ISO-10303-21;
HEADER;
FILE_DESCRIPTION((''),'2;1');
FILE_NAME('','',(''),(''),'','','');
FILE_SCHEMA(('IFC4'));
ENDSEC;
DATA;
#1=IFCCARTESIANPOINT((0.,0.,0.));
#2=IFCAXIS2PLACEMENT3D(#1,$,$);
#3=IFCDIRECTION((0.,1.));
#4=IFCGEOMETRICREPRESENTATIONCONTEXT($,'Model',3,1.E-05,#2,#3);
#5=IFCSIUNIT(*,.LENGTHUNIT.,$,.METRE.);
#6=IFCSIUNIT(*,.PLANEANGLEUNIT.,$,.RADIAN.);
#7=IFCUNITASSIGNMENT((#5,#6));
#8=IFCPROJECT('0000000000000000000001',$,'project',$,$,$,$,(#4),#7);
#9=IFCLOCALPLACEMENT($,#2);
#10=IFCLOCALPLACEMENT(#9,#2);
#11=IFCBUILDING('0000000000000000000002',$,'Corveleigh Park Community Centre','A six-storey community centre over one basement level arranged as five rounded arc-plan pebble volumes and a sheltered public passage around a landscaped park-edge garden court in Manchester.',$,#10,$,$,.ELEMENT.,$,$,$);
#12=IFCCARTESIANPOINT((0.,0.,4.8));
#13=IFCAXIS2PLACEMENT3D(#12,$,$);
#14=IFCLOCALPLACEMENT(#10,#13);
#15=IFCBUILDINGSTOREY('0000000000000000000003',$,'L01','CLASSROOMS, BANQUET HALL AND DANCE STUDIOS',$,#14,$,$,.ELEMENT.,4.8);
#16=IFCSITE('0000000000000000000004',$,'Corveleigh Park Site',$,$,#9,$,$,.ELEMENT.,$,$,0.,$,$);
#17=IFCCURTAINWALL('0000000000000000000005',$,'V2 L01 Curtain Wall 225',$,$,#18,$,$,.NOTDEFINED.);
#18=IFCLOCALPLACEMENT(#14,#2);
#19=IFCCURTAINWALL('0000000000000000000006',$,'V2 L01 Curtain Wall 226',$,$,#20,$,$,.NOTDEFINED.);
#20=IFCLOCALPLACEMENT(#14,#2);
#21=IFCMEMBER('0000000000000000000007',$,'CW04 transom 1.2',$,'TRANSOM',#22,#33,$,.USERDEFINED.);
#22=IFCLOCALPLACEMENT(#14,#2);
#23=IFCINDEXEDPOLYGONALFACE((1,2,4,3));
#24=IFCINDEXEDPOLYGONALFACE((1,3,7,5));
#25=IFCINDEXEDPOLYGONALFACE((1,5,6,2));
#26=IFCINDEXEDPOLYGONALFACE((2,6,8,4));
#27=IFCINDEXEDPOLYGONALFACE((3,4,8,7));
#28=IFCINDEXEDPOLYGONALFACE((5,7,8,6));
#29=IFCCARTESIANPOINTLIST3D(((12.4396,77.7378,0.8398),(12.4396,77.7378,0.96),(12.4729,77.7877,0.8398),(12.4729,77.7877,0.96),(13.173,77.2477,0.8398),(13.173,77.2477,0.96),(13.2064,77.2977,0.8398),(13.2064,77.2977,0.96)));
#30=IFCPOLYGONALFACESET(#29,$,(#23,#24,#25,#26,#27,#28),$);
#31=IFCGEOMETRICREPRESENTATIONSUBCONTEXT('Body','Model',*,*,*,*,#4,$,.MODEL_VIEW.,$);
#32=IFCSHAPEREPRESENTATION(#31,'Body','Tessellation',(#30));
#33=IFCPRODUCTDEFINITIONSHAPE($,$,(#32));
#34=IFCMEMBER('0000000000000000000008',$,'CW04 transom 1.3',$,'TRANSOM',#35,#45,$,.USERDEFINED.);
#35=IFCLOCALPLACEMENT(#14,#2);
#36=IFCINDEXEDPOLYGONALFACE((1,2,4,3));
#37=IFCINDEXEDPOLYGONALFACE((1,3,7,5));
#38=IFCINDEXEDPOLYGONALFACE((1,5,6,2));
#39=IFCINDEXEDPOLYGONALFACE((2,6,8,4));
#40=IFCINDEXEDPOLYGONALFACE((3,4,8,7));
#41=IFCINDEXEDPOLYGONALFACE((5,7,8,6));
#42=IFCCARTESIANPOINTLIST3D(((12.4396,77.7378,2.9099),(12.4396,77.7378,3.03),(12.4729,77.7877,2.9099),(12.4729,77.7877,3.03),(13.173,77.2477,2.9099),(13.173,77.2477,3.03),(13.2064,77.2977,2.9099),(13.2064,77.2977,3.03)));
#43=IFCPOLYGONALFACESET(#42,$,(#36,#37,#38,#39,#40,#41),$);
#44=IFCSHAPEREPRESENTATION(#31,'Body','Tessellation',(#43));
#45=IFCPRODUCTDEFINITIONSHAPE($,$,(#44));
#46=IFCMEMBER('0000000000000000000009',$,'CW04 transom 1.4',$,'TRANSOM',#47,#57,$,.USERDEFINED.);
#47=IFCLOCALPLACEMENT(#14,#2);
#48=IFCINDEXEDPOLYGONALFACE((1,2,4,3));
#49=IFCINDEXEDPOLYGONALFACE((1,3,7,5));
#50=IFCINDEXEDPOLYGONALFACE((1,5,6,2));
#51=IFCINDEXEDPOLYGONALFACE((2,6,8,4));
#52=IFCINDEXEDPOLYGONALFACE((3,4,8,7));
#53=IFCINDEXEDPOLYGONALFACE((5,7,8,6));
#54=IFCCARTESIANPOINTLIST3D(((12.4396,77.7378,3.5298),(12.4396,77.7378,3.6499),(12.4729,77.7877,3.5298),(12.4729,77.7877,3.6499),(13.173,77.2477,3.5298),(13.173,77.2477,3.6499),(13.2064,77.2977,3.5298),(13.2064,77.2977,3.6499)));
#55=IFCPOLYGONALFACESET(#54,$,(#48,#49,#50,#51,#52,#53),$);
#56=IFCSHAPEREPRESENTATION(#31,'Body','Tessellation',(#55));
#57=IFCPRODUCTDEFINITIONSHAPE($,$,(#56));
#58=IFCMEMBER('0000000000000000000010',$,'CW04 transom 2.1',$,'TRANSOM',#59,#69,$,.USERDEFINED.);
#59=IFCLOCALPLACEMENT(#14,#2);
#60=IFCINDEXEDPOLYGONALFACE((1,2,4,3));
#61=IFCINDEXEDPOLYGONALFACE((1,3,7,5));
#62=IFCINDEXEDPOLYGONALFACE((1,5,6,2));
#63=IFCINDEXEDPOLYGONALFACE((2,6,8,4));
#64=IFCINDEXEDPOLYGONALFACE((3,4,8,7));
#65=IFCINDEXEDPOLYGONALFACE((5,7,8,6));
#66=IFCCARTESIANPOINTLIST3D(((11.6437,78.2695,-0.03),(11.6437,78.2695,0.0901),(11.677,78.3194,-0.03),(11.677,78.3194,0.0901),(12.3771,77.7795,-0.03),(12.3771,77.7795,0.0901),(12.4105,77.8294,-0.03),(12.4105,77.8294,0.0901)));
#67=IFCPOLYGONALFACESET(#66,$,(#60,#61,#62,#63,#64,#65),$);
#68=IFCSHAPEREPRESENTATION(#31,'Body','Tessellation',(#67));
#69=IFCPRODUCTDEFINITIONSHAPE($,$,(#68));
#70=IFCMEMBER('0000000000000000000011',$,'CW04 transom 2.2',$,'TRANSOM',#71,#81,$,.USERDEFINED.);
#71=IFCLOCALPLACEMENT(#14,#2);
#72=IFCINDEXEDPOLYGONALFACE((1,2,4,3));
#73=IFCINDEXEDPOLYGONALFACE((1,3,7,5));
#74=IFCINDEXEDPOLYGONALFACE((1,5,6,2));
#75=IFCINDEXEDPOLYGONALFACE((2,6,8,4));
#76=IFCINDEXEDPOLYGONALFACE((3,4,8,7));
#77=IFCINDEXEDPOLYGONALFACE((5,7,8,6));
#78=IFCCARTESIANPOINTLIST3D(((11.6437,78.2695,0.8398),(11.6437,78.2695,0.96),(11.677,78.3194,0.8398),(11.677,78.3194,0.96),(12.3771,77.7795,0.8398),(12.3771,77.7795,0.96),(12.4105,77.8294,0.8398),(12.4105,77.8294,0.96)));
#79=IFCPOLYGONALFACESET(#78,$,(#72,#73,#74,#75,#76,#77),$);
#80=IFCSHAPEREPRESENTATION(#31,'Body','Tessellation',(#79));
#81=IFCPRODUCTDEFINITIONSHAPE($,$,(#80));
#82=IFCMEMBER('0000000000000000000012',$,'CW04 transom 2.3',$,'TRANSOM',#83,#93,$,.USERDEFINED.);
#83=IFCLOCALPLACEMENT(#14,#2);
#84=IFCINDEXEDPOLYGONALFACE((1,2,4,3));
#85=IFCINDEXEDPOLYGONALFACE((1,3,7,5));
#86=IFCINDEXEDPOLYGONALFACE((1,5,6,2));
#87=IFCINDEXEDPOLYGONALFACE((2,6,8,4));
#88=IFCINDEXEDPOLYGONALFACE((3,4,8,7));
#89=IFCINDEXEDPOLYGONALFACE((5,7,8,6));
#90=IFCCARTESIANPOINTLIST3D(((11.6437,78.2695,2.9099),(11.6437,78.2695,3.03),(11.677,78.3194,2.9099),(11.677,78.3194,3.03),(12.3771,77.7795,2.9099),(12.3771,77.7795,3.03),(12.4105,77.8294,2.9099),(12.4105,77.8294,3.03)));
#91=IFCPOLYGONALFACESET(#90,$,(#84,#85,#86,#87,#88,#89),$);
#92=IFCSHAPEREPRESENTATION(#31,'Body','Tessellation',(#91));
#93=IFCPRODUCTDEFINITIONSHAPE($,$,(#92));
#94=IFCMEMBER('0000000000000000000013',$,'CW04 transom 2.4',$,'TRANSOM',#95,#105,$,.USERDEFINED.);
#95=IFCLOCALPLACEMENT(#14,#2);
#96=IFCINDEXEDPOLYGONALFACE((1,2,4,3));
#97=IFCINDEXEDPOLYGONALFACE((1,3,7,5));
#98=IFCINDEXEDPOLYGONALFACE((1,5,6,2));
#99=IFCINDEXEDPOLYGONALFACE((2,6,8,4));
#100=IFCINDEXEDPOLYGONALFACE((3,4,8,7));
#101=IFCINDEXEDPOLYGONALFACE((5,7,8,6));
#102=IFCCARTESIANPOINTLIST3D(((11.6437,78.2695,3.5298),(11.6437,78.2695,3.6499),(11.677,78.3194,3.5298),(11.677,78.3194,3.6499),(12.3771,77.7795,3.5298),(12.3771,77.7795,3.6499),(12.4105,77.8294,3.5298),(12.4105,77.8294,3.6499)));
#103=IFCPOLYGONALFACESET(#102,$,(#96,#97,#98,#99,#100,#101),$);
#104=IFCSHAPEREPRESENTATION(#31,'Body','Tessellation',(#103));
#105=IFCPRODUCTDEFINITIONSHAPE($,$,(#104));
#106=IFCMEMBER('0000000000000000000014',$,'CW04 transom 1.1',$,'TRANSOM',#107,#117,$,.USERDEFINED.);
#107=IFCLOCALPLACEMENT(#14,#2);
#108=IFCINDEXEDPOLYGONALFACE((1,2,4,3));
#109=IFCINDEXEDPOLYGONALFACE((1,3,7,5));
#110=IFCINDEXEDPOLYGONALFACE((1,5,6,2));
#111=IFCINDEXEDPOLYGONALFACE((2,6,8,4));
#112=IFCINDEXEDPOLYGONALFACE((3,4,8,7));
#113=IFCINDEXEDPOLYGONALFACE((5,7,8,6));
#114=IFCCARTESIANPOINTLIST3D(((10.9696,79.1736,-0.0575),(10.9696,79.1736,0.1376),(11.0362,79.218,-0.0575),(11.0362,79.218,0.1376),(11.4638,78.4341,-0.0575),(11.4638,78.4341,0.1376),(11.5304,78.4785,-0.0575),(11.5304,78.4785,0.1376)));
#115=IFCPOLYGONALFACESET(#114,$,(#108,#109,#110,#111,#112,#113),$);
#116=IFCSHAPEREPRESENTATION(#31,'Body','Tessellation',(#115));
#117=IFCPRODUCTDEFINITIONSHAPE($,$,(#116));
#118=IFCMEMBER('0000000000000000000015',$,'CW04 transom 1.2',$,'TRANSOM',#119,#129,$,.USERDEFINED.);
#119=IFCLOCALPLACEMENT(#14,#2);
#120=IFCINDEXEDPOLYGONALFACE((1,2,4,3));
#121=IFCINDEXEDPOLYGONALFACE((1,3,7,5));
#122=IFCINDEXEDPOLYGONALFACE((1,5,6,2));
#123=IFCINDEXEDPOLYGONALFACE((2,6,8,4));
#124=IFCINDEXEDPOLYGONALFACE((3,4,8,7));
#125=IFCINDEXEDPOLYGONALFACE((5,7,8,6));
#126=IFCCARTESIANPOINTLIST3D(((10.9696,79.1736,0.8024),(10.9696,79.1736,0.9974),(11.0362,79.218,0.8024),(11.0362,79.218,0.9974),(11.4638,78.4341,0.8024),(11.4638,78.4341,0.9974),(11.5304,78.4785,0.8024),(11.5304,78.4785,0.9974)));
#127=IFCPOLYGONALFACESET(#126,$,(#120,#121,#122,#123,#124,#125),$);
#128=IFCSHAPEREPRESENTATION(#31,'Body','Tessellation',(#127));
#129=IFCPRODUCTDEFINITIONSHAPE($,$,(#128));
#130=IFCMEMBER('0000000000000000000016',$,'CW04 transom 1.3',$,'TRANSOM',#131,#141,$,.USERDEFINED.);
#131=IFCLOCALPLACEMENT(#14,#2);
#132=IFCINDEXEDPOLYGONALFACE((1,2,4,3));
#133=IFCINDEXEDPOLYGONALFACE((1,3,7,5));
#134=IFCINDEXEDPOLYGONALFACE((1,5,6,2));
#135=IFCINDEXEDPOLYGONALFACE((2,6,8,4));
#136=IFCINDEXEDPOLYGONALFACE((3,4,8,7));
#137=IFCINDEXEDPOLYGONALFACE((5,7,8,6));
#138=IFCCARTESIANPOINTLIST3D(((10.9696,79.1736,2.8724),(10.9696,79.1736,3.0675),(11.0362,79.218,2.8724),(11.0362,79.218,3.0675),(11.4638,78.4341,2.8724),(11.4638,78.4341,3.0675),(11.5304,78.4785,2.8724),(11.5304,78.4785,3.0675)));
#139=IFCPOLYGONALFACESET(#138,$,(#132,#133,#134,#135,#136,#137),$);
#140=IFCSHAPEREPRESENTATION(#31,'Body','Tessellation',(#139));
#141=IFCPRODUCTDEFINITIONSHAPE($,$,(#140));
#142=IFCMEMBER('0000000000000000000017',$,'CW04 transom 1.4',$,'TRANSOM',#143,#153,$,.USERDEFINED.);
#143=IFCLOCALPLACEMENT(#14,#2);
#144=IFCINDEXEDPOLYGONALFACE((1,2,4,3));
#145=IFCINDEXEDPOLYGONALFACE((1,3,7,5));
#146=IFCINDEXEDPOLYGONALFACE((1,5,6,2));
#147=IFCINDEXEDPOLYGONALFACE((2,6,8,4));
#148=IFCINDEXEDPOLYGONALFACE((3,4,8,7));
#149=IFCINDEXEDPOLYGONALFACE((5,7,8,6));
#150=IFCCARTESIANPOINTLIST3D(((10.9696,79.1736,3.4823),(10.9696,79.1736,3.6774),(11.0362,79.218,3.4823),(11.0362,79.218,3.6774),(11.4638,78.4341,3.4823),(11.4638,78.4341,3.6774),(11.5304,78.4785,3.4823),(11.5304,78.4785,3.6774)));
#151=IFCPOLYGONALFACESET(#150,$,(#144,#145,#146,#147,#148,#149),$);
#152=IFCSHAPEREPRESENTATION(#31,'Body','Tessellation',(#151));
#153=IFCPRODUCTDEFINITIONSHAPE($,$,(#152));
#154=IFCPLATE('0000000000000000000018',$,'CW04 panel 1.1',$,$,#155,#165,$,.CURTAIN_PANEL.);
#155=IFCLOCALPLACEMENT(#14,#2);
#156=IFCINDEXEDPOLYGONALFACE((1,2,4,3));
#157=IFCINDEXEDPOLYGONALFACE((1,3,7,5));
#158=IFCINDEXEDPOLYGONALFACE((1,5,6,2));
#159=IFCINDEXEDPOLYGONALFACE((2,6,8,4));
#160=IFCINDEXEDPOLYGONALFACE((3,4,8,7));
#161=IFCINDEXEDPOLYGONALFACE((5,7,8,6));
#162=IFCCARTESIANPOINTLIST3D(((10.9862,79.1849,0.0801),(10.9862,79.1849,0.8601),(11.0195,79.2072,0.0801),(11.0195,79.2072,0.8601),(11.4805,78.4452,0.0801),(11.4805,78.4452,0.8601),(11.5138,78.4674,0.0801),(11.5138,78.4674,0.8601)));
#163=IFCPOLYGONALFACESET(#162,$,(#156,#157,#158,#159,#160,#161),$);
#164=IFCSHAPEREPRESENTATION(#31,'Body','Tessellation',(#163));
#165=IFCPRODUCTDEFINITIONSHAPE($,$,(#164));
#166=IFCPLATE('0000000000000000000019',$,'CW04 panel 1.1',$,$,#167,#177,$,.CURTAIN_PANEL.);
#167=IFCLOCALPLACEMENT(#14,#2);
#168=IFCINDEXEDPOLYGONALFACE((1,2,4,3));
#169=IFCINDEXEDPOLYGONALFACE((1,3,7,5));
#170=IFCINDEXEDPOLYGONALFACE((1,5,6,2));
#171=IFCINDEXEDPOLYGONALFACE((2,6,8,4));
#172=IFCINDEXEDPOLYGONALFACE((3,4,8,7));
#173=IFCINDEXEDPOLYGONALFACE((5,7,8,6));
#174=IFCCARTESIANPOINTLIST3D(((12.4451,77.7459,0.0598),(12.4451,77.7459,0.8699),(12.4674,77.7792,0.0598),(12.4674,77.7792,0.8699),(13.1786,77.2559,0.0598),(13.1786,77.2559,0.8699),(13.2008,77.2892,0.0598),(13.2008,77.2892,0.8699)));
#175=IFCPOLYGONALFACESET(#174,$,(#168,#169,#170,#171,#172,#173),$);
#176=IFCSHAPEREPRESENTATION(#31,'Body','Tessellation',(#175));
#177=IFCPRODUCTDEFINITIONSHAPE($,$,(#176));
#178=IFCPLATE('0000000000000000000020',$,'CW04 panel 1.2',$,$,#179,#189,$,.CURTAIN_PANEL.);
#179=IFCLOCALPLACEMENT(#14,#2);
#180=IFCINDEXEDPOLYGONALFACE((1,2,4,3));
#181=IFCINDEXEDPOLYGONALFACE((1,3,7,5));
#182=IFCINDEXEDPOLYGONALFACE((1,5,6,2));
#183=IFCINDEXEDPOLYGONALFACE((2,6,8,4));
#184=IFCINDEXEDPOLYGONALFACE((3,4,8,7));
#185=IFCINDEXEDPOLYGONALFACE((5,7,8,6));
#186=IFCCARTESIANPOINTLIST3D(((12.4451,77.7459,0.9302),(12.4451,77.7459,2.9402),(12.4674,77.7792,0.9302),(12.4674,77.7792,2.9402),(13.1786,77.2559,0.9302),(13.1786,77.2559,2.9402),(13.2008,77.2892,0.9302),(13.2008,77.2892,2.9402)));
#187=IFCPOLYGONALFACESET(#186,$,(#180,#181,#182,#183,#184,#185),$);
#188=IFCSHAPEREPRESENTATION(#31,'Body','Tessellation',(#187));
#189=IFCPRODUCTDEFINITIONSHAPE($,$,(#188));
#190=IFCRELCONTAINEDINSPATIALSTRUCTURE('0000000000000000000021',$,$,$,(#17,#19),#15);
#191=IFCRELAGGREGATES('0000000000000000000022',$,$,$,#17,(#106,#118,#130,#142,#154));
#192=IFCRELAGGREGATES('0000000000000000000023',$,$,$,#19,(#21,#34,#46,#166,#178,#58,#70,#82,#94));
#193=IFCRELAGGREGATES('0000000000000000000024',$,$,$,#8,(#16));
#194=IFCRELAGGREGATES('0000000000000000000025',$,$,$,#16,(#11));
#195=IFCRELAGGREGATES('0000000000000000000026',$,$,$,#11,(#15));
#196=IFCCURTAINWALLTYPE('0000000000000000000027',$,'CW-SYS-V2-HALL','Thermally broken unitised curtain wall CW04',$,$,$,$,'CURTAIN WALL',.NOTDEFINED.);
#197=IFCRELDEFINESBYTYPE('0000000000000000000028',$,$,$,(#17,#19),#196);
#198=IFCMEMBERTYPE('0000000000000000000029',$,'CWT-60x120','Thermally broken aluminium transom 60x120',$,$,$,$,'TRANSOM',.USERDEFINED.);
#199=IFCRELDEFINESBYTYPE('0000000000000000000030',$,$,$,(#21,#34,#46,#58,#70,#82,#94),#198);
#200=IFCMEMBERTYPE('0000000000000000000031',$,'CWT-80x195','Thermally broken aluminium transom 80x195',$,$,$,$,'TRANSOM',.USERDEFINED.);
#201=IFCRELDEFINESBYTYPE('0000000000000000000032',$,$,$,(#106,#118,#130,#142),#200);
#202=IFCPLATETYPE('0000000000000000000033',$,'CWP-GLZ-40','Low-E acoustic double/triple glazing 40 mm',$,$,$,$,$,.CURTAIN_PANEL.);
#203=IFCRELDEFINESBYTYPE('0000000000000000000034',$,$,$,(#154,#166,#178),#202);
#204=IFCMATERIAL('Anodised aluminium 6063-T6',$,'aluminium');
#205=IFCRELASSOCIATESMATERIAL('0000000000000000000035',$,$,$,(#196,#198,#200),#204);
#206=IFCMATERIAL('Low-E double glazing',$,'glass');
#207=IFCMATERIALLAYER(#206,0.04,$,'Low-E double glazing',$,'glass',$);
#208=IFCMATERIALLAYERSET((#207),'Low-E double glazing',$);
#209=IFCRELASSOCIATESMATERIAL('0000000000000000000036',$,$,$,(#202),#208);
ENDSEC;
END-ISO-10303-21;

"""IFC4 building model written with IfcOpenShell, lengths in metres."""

from ifc_helpers import new_model, si_unit, direction, frame, origin, origin_2d, place, context, subcontext, project, spatial, rectangle, extrude, material, layer, layer_set, material_profile, profile_set, type_object, element, aggregate, save


model = new_model("IFC4")

# Units and contexts
model_context = context("Model", 3, precision=1e-05, world=origin(), true_north=direction((0.0, 1.0)))
body_context = subcontext(model_context, "Body", "Model", "MODEL_VIEW")
ifc_project = project(units=[si_unit("LENGTHUNIT", "METRE"), si_unit("PLANEANGLEUNIT", "RADIAN")], contexts=[model_context])

# Site, building, storey
site_placement = place(None, origin())
site = spatial("IfcSite", under=ifc_project, at=site_placement, Name="Corveleigh Park Site", CompositionType="ELEMENT", RefElevation=0.0)
building_placement = place(site_placement, origin())
building = spatial("IfcBuilding", under=site, at=building_placement, Name="Corveleigh Park Community Centre", Description="A six-storey community centre over one basement level arranged as five rounded arc-plan pebble volumes and a sheltered public passage around a landscaped park-edge garden court in Manchester.", CompositionType="ELEMENT")
storey_placement = place(building_placement, frame((0.0, 0.0, 4.8)))
storey = spatial("IfcBuildingStorey", under=building, at=storey_placement, Name="L01", Description="CLASSROOMS, BANQUET HALL AND DANCE STUDIOS", CompositionType="ELEMENT", Elevation=4.8)

# Curtain wall
ifc_material_1 = material(Name="Anodised aluminium 6063-T6", Category="aluminium")
curtain_wall_type = type_object("IfcCurtainWallType", Name="CW-SYS-V2-HALL", Description="Thermally broken unitised curtain wall CW04", ElementType="CURTAIN WALL", PredefinedType="NOTDEFINED", material=ifc_material_1)
curtain_wall_1_placement = place(storey_placement, origin())
curtain_wall_1 = element("IfcCurtainWall", 1, at=curtain_wall_1_placement, inside=storey, type_object=curtain_wall_type, Name="V2 L01 Curtain Wall 225", PredefinedType="NOTDEFINED")

# Curtain wall, members
curtain_wall_2_placement = place(storey_placement, origin())
curtain_wall_2 = element("IfcCurtainWall", 2, at=curtain_wall_2_placement, inside=storey, type_object=curtain_wall_type, Name="V2 L01 Curtain Wall 226", PredefinedType="NOTDEFINED")
ifc_material_profile_1 = material_profile(ifc_material_1, rectangle(XDim=0.0601, YDim=0.1201, at=origin_2d()), Name="ALU-T60x120", Category="aluminium")
ifc_profile_set_1 = profile_set([ifc_material_profile_1], Name="Anodised aluminium 6063-T6")
member_type_1 = type_object("IfcMemberType", Name="CWT-60x120", Description="Thermally broken aluminium transom 60x120", ElementType="TRANSOM", PredefinedType="USERDEFINED", material=ifc_profile_set_1)
member_1_placement = place(storey_placement, frame((13.1897, 77.2727, 0.8999), z_axis=(-0.831496, 0.55553, 0.0), x_axis=(-0.55553, -0.831496, 0.0)))
member_1 = element("IfcMember", 3, at=member_1_placement, type_object=member_type_1, Name="CW04 transom 1.2", ObjectType="TRANSOM", PredefinedType="USERDEFINED", context=body_context, shape_type="SweptSolid", body=[
    extrude(rectangle(XDim=0.0601, YDim=0.1201, at=origin_2d()), origin(), (0.0, 0.0, 1.0), 0.8821),
])
member_2_placement = place(storey_placement, frame((13.1897, 77.2727, 2.97), z_axis=(-0.831496, 0.55553, 0.0), x_axis=(-0.55553, -0.831496, 0.0)))
member_2 = element("IfcMember", 4, at=member_2_placement, type_object=member_type_1, Name="CW04 transom 1.3", ObjectType="TRANSOM", PredefinedType="USERDEFINED", context=body_context, shape_type="SweptSolid", body=[
    extrude(rectangle(XDim=0.0601, YDim=0.1201, at=origin_2d()), origin(), (0.0, 0.0, 1.0), 0.8821),
])
member_3_placement = place(storey_placement, frame((13.1897, 77.2727, 3.5898), z_axis=(-0.831496, 0.55553, 0.0), x_axis=(-0.55553, -0.831496, 0.0)))
member_3 = element("IfcMember", 5, at=member_3_placement, type_object=member_type_1, Name="CW04 transom 1.4", ObjectType="TRANSOM", PredefinedType="USERDEFINED", context=body_context, shape_type="SweptSolid", body=[
    extrude(rectangle(XDim=0.0601, YDim=0.1201, at=origin_2d()), origin(), (0.0, 0.0, 1.0), 0.8821),
])
member_4_placement = place(storey_placement, frame((12.3938, 77.8044, 0.03), z_axis=(-0.831496, 0.55553, 0.0), x_axis=(-0.55553, -0.831496, 0.0)))
member_4 = element("IfcMember", 6, at=member_4_placement, type_object=member_type_1, Name="CW04 transom 2.1", ObjectType="TRANSOM", PredefinedType="USERDEFINED", context=body_context, shape_type="SweptSolid", body=[
    extrude(rectangle(XDim=0.0601, YDim=0.1201, at=origin_2d()), origin(), (0.0, 0.0, 1.0), 0.8821),
])
member_5_placement = place(storey_placement, frame((12.3938, 77.8044, 0.8999), z_axis=(-0.831496, 0.55553, 0.0), x_axis=(-0.55553, -0.831496, 0.0)))
member_5 = element("IfcMember", 7, at=member_5_placement, type_object=member_type_1, Name="CW04 transom 2.2", ObjectType="TRANSOM", PredefinedType="USERDEFINED", context=body_context, shape_type="SweptSolid", body=[
    extrude(rectangle(XDim=0.0601, YDim=0.1201, at=origin_2d()), origin(), (0.0, 0.0, 1.0), 0.8821),
])
member_6_placement = place(storey_placement, frame((12.3938, 77.8044, 2.97), z_axis=(-0.831496, 0.55553, 0.0), x_axis=(-0.55553, -0.831496, 0.0)))
member_6 = element("IfcMember", 8, at=member_6_placement, type_object=member_type_1, Name="CW04 transom 2.3", ObjectType="TRANSOM", PredefinedType="USERDEFINED", context=body_context, shape_type="SweptSolid", body=[
    extrude(rectangle(XDim=0.0601, YDim=0.1201, at=origin_2d()), origin(), (0.0, 0.0, 1.0), 0.8821),
])
member_7_placement = place(storey_placement, frame((12.3938, 77.8044, 3.5898), z_axis=(-0.831496, 0.55553, 0.0), x_axis=(-0.55553, -0.831496, 0.0)))
member_7 = element("IfcMember", 9, at=member_7_placement, type_object=member_type_1, Name="CW04 transom 2.4", ObjectType="TRANSOM", PredefinedType="USERDEFINED", context=body_context, shape_type="SweptSolid", body=[
    extrude(rectangle(XDim=0.0601, YDim=0.1201, at=origin_2d()), origin(), (0.0, 0.0, 1.0), 0.8821),
])

# Members
ifc_material_profile_2 = material_profile(ifc_material_1, rectangle(XDim=0.0801, YDim=0.1951, at=origin_2d()), Name="ALU-T80x195", Category="aluminium")
ifc_profile_set_2 = profile_set([ifc_material_profile_2], Name="Anodised aluminium 6063-T6")
member_type_2 = type_object("IfcMemberType", Name="CWT-80x195", Description="Thermally broken aluminium transom 80x195", ElementType="TRANSOM", PredefinedType="USERDEFINED", material=ifc_profile_set_2)
member_8_placement = place(storey_placement, frame((11.4971, 78.4563, 0.04), z_axis=(-0.555587, 0.831459, 0.0), x_axis=(-0.831459, -0.555587, 0.0)))
member_8 = element("IfcMember", 10, at=member_8_placement, type_object=member_type_2, Name="CW04 transom 1.1", ObjectType="TRANSOM", PredefinedType="USERDEFINED", context=body_context, shape_type="SweptSolid", body=[
    extrude(rectangle(XDim=0.0801, YDim=0.1951, at=origin_2d()), origin(), (0.0, 0.0, 1.0), 0.8894),
])
member_9_placement = place(storey_placement, frame((11.4971, 78.4563, 0.8999), z_axis=(-0.555587, 0.831459, 0.0), x_axis=(-0.831459, -0.555587, 0.0)))
member_9 = element("IfcMember", 11, at=member_9_placement, type_object=member_type_2, Name="CW04 transom 1.2", ObjectType="TRANSOM", PredefinedType="USERDEFINED", context=body_context, shape_type="SweptSolid", body=[
    extrude(rectangle(XDim=0.0801, YDim=0.1951, at=origin_2d()), origin(), (0.0, 0.0, 1.0), 0.8894),
])
member_10_placement = place(storey_placement, frame((11.4971, 78.4563, 2.97), z_axis=(-0.555587, 0.831459, 0.0), x_axis=(-0.831459, -0.555587, 0.0)))
member_10 = element("IfcMember", 12, at=member_10_placement, type_object=member_type_2, Name="CW04 transom 1.3", ObjectType="TRANSOM", PredefinedType="USERDEFINED", context=body_context, shape_type="SweptSolid", body=[
    extrude(rectangle(XDim=0.0801, YDim=0.1951, at=origin_2d()), origin(), (0.0, 0.0, 1.0), 0.8894),
])
member_11_placement = place(storey_placement, frame((11.4971, 78.4563, 3.5798), z_axis=(-0.555587, 0.831459, 0.0), x_axis=(-0.831459, -0.555587, 0.0)))
member_11 = element("IfcMember", 13, at=member_11_placement, type_object=member_type_2, Name="CW04 transom 1.4", ObjectType="TRANSOM", PredefinedType="USERDEFINED", context=body_context, shape_type="SweptSolid", body=[
    extrude(rectangle(XDim=0.0801, YDim=0.1951, at=origin_2d()), origin(), (0.0, 0.0, 1.0), 0.8894),
])

# Plates
ifc_material_2 = material(Name="Low-E double glazing", Category="glass")
ifc_layer = layer(ifc_material_2, 0.04, Name="Low-E double glazing", Category="glass")
ifc_layer_set = layer_set([ifc_layer], Name="Low-E double glazing")
plate_type = type_object("IfcPlateType", Name="CWP-GLZ-40", Description="Low-E acoustic double/triple glazing 40 mm", PredefinedType="CURTAIN_PANEL", material=ifc_layer_set)
plate_1_placement = place(storey_placement, frame((11.25, 78.8262, 0.0801), z_axis=(0.0, 0.0, 1.0), x_axis=(-0.555512, 0.831509, 0.0)))
plate_1 = element("IfcPlate", 14, at=plate_1_placement, type_object=plate_type, Name="CW04 panel 1.1", PredefinedType="CURTAIN_PANEL", context=body_context, shape_type="SweptSolid", body=[
    extrude(rectangle(XDim=0.8896, YDim=0.04, at=origin_2d()), origin(), (0.0, 0.0, 1.0), 0.78),
])
aggregate(curtain_wall_1, [member_8, member_9, member_10, member_11, plate_1])
plate_2_placement = place(storey_placement, frame((12.823, 77.5176, 0.0598), z_axis=(0.0, 0.0, 1.0), x_axis=(-0.831509, 0.555512, 0.0)))
plate_2 = element("IfcPlate", 15, at=plate_2_placement, type_object=plate_type, Name="CW04 panel 1.1", PredefinedType="CURTAIN_PANEL", context=body_context, shape_type="SweptSolid", body=[
    extrude(rectangle(XDim=0.8821, YDim=0.04, at=origin_2d()), origin(), (0.0, 0.0, 1.0), 0.8101),
])
plate_3_placement = place(storey_placement, frame((12.823, 77.5176, 0.9302), z_axis=(0.0, 0.0, 1.0), x_axis=(-0.831509, 0.555512, 0.0)))
plate_3 = element("IfcPlate", 16, at=plate_3_placement, type_object=plate_type, Name="CW04 panel 1.2", PredefinedType="CURTAIN_PANEL", context=body_context, shape_type="SweptSolid", body=[
    extrude(rectangle(XDim=0.8821, YDim=0.04, at=origin_2d()), origin(), (0.0, 0.0, 1.0), 2.01),
])
aggregate(curtain_wall_2, [member_1, member_2, member_3, plate_2, plate_3, member_4, member_5, member_6, member_7])

save(model, "model.ifc")
